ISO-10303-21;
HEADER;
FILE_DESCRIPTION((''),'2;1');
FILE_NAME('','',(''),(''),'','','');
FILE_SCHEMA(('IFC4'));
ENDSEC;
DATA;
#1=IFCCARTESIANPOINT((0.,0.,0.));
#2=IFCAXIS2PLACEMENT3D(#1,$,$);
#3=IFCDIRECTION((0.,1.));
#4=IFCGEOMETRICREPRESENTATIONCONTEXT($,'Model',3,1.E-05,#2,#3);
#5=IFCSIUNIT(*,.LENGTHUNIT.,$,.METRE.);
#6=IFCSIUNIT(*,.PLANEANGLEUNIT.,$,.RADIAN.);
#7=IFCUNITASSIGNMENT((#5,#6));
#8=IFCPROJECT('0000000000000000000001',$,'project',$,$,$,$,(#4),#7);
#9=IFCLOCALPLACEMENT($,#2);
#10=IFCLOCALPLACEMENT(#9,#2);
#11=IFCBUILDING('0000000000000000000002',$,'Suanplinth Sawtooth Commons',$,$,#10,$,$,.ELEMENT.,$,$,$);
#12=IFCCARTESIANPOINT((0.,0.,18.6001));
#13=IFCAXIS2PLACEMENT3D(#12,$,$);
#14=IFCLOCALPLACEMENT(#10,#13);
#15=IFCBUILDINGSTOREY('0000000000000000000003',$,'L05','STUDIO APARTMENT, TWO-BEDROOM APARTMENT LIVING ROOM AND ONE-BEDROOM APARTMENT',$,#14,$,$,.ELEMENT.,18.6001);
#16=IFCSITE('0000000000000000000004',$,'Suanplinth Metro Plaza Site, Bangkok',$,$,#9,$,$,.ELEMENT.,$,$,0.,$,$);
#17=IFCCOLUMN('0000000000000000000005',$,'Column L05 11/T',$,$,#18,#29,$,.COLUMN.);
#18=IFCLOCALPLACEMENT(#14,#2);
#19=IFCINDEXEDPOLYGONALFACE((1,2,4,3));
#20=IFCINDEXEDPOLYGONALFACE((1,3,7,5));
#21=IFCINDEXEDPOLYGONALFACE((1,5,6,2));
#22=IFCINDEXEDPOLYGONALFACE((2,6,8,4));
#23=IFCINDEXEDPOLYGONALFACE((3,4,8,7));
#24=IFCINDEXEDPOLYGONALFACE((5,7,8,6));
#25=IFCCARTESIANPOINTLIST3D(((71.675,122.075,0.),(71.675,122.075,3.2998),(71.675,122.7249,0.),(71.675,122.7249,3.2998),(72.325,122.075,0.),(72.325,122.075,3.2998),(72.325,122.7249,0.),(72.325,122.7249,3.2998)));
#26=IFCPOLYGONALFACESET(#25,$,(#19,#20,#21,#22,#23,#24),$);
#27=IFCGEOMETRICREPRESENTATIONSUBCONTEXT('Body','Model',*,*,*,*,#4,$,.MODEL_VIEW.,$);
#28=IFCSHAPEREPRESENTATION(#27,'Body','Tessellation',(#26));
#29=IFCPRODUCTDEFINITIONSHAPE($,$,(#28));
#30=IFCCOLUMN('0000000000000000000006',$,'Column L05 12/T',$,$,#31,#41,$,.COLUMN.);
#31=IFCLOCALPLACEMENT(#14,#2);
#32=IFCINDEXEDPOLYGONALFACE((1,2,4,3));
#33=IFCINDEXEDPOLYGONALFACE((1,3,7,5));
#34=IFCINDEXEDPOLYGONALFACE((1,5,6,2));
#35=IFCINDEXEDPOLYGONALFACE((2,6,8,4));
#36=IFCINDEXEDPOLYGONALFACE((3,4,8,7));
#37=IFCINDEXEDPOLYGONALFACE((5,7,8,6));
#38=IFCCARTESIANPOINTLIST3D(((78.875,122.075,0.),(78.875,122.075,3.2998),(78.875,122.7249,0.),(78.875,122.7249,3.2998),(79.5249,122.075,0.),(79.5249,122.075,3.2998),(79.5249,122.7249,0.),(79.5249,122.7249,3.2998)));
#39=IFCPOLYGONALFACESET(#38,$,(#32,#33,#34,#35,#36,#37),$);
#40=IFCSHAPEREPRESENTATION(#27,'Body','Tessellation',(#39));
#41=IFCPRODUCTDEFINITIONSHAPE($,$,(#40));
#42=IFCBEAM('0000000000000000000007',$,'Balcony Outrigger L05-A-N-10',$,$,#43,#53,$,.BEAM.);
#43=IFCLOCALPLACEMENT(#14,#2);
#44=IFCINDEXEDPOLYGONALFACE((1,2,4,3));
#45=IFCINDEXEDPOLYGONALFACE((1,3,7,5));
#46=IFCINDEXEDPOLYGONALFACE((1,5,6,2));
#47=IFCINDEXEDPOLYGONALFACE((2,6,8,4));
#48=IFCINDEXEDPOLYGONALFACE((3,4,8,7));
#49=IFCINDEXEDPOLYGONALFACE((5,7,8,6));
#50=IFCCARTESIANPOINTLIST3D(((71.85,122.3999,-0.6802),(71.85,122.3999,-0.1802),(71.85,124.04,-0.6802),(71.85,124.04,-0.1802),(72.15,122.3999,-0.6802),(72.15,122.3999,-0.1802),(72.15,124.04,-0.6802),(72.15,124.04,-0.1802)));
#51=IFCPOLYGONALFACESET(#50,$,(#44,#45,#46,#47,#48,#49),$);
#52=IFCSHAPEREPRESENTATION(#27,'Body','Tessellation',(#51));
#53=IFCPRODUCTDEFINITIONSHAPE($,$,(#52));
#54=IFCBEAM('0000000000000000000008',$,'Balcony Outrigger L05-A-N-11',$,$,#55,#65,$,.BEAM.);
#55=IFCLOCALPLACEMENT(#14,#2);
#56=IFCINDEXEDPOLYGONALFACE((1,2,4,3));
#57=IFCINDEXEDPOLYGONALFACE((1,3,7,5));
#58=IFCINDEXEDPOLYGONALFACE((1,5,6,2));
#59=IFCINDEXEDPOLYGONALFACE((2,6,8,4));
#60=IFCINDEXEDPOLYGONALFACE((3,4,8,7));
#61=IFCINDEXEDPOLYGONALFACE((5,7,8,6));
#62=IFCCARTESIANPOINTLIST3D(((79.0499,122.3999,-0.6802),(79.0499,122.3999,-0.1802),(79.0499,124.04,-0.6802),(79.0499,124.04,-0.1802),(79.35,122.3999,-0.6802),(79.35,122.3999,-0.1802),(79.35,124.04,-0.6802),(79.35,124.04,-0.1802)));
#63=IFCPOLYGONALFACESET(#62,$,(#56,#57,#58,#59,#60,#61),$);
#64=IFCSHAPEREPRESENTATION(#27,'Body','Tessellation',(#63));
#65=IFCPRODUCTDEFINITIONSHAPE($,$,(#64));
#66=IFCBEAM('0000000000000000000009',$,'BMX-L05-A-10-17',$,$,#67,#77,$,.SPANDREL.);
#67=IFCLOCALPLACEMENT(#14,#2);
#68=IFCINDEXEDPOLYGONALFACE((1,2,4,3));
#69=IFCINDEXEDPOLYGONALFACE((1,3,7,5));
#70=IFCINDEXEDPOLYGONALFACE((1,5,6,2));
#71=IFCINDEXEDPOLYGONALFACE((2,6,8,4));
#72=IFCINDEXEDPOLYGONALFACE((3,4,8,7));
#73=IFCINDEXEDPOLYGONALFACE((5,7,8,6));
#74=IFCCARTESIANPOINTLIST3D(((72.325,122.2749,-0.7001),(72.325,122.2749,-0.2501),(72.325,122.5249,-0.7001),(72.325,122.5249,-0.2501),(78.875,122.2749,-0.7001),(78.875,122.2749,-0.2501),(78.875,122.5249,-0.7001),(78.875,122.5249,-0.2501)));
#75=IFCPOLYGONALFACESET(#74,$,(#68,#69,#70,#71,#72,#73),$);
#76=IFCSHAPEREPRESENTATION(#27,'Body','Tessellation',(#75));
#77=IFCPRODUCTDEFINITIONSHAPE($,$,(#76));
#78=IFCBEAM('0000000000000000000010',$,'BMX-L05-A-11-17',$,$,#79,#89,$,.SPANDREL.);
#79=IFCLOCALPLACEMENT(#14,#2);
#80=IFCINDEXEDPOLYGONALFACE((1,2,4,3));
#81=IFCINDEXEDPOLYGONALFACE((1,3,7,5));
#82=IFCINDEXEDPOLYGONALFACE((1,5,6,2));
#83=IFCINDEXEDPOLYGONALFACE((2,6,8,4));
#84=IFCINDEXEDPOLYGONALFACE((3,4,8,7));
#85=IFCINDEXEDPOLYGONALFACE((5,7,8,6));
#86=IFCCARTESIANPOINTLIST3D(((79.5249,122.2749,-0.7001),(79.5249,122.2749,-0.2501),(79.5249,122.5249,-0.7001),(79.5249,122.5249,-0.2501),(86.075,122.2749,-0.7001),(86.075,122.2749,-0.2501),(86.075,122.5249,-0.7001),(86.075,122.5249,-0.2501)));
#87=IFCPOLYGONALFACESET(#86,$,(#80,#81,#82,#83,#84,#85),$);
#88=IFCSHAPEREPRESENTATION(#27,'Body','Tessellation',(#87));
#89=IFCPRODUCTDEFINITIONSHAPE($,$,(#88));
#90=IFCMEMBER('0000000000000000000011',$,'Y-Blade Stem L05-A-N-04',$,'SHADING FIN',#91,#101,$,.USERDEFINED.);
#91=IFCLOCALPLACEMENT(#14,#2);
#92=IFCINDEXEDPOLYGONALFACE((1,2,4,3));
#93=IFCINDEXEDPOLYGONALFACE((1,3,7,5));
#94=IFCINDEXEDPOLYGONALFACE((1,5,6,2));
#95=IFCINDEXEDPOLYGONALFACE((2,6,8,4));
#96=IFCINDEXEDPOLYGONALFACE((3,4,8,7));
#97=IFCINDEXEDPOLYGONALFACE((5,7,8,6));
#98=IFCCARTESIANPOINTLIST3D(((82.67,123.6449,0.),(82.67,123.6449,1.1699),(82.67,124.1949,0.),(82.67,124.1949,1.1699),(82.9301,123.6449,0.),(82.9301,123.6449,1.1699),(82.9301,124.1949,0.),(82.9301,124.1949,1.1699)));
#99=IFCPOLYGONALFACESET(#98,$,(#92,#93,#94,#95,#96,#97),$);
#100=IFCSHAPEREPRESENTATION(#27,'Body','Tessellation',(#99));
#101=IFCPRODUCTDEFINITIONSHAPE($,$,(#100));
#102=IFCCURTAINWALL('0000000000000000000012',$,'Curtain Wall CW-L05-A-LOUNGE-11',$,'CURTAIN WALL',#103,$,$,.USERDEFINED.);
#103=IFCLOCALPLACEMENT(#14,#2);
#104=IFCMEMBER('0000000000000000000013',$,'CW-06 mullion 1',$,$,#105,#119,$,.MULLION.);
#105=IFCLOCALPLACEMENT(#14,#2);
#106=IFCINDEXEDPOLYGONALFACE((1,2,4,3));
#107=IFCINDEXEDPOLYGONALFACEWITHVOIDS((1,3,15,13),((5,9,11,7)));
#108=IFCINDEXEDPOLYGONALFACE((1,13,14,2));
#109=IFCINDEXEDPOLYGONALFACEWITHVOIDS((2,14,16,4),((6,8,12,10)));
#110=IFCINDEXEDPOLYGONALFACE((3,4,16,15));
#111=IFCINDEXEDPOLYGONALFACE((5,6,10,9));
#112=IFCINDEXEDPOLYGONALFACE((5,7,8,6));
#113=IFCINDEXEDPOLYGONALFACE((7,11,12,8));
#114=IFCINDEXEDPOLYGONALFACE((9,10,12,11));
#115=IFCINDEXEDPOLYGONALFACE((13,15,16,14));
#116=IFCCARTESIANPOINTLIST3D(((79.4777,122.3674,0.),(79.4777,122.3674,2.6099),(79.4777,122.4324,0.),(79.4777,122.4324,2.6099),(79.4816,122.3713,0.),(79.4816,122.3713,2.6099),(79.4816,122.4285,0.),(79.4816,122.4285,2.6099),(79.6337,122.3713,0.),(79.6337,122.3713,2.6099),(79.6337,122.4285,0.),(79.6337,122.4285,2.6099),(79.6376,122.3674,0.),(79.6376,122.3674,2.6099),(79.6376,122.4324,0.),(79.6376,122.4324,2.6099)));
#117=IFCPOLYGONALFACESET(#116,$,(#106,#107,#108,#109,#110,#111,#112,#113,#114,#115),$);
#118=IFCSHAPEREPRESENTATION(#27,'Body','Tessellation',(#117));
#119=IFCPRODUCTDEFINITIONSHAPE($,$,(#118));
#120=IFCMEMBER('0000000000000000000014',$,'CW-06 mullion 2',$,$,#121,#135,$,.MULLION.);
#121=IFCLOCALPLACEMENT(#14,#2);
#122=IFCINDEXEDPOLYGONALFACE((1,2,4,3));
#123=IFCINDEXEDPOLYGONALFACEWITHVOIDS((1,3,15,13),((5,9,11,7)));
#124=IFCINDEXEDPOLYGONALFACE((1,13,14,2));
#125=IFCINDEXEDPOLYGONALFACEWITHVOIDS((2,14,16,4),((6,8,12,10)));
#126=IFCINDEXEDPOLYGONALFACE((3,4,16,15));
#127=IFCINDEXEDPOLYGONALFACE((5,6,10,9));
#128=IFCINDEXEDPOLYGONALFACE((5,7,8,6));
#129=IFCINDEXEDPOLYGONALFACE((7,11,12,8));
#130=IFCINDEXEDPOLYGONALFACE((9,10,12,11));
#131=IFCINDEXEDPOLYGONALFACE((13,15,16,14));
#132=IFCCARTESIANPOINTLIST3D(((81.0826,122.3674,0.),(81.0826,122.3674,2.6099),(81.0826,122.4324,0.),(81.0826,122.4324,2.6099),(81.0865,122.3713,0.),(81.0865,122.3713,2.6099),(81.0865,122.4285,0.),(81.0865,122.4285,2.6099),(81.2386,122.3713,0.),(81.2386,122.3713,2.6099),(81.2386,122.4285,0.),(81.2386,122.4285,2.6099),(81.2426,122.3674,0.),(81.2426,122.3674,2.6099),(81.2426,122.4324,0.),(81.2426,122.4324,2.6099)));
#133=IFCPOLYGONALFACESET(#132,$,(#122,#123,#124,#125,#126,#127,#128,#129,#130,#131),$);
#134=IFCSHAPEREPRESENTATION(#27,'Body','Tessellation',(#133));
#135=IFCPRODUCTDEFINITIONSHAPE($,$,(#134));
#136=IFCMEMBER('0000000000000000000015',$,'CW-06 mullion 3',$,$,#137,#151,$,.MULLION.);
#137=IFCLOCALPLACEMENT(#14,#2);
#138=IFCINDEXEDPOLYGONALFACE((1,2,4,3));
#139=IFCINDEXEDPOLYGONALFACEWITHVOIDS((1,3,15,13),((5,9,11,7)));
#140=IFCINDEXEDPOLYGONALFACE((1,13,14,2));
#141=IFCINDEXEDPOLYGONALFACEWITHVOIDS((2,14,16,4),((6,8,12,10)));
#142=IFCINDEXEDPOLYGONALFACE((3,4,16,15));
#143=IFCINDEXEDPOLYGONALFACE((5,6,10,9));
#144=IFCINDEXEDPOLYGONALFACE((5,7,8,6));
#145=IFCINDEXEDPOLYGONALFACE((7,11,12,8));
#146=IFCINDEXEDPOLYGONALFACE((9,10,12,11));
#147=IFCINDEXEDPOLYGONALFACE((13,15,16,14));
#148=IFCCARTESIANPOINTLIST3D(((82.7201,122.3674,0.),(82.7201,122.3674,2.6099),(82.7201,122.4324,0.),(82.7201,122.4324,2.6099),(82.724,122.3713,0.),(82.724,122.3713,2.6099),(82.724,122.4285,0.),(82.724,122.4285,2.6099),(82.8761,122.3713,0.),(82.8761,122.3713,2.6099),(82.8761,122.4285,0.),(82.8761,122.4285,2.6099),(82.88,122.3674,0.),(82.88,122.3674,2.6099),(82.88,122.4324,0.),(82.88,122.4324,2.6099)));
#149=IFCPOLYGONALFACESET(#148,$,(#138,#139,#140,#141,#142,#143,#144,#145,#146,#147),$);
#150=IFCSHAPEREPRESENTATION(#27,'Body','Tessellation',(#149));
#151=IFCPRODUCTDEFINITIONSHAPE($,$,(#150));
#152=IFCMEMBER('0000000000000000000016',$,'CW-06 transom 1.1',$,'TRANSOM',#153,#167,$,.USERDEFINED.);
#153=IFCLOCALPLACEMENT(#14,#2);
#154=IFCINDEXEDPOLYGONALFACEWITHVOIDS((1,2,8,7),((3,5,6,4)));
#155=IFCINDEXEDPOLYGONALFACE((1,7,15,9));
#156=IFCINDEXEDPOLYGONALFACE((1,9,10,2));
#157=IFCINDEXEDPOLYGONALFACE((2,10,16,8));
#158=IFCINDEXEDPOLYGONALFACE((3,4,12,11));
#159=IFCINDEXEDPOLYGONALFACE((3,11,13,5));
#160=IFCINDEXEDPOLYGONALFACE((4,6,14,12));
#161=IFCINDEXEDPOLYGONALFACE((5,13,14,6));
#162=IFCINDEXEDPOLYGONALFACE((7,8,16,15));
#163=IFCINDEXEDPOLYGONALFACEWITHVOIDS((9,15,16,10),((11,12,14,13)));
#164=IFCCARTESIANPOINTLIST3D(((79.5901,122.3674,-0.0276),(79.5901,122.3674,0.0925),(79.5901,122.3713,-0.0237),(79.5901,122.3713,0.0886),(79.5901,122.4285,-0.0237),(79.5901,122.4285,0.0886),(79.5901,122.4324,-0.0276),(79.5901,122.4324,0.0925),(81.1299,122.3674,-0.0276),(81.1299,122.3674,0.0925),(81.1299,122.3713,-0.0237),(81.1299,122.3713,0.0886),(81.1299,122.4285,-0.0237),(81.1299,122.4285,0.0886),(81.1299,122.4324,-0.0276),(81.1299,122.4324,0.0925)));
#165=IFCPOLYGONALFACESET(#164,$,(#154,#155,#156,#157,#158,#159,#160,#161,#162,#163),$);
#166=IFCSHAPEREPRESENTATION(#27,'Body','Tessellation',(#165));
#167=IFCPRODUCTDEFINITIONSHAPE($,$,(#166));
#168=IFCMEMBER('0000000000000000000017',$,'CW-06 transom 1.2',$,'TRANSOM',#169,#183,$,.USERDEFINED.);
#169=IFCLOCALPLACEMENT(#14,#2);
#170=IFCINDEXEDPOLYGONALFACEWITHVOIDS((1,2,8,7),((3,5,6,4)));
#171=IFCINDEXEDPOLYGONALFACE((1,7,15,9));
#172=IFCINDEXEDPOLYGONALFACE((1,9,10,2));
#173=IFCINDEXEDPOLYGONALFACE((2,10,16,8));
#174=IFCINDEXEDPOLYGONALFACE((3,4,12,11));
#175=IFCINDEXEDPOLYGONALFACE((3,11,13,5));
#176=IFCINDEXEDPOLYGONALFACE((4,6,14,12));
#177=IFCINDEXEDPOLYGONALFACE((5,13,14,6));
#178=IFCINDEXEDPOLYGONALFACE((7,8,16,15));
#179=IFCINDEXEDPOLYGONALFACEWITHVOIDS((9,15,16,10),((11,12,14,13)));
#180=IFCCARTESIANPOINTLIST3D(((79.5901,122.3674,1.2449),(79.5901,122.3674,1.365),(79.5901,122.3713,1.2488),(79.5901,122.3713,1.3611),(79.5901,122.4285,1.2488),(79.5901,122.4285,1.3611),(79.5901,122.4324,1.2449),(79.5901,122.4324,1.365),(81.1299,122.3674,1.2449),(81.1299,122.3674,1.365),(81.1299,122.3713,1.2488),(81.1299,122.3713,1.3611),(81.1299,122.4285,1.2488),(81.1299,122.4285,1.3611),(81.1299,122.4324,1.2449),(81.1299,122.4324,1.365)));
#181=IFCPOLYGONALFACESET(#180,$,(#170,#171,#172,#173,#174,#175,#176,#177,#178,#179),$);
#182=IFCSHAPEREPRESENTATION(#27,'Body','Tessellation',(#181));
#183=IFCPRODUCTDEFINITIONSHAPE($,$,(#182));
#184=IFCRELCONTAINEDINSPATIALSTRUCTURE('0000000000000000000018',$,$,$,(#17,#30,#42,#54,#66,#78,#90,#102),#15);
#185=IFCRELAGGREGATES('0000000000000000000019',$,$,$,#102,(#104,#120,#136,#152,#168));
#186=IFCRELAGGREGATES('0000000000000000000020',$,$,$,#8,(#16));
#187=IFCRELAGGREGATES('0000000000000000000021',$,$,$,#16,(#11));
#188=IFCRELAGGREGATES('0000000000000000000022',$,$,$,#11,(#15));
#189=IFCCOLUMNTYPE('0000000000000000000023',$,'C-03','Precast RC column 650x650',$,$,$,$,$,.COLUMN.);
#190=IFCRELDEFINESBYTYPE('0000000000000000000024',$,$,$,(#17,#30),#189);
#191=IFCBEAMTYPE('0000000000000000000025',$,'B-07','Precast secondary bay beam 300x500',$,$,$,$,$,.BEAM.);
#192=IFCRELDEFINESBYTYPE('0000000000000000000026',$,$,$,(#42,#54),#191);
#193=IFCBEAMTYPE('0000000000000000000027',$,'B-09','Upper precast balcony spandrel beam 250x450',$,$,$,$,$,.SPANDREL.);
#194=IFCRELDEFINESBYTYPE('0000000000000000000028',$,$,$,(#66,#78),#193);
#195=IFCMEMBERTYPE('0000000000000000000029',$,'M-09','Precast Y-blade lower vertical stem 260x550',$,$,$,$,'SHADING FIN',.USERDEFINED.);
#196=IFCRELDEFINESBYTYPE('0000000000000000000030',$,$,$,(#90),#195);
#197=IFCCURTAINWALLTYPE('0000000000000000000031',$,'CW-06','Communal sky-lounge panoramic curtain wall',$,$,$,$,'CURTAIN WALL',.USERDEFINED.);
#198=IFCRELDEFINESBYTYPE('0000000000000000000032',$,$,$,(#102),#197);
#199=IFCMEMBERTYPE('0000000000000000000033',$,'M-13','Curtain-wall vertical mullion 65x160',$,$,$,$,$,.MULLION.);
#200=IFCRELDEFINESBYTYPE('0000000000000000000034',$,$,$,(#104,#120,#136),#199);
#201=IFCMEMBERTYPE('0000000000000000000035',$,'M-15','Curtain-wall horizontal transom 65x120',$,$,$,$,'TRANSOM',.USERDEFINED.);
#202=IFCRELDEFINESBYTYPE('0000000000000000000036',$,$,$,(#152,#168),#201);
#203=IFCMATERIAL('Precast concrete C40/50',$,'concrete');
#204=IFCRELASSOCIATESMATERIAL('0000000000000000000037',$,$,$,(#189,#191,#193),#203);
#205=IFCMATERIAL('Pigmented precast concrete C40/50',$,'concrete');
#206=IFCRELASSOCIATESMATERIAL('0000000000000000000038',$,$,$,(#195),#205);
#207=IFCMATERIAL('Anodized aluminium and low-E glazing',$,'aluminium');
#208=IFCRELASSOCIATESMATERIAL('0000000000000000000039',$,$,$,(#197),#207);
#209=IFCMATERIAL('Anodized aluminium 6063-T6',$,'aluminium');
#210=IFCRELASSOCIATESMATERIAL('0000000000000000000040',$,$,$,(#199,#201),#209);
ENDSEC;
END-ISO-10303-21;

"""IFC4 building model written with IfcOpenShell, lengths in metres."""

from ifc_helpers import new_model, si_unit, direction, frame, origin, origin_2d, place, context, subcontext, project, spatial, rectangle, hollow_rectangle, extrude, material, material_profile, profile_set, type_object, element, aggregate, save


model = new_model("IFC4")

# Units and contexts
model_context = context("Model", 3, precision=1e-05, world=origin(), true_north=direction((0.0, 1.0)))
body_context = subcontext(model_context, "Body", "Model", "MODEL_VIEW")
ifc_project = project(units=[si_unit("LENGTHUNIT", "METRE"), si_unit("PLANEANGLEUNIT", "RADIAN")], contexts=[model_context])

# Site, building, storey
site_placement = place(None, origin())
site = spatial("IfcSite", under=ifc_project, at=site_placement, Name="Suanplinth Metro Plaza Site, Bangkok", CompositionType="ELEMENT", RefElevation=0.0)
building_placement = place(site_placement, origin())
building = spatial("IfcBuilding", under=site, at=building_placement, Name="Suanplinth Sawtooth Commons", CompositionType="ELEMENT")
storey_placement = place(building_placement, frame((0.0, 0.0, 18.6001)))
storey = spatial("IfcBuildingStorey", under=building, at=storey_placement, Name="L05", Description="STUDIO APARTMENT, TWO-BEDROOM APARTMENT LIVING ROOM AND ONE-BEDROOM APARTMENT", CompositionType="ELEMENT", Elevation=18.6001)

# Columns
ifc_material_1 = material(Name="Precast concrete C40/50", Category="concrete")
ifc_material_profile_1 = material_profile(ifc_material_1, rectangle(XDim=0.6499, YDim=0.6499, at=origin_2d()), Name="PC-COL 650x650")
ifc_profile_set_1 = profile_set([ifc_material_profile_1], Name="Precast concrete C40/50")
column_type = type_object("IfcColumnType", Name="C-03", Description="Precast RC column 650x650", PredefinedType="COLUMN", material=ifc_profile_set_1)
for number, where, z_axis, x_axis, name in (
    (1, (72.0, 122.3999, 0.0), (0.0, 0.0, 1.0), (1.0, 0.0, 0.0), "Column L05 11/T"),
    (2, (79.2, 122.3999, 0.0), (0.0, 0.0, 1.0), (1.0, 0.0, 0.0), "Column L05 12/T"),
):
    element("IfcColumn", number, at=place(storey_placement, frame(where, z_axis=z_axis, x_axis=x_axis)), inside=storey, type_object=column_type, Name=name, PredefinedType="COLUMN", context=body_context, shape_type="SweptSolid", body=[
        extrude(rectangle(XDim=0.6499, YDim=0.6499, at=origin_2d()), origin(), (0.0, 0.0, 1.0), 3.2998),
    ])

# Beams
ifc_material_profile_2 = material_profile(ifc_material_1, rectangle(XDim=0.3, YDim=0.5, at=origin_2d()), Name="PC-BM 300x500")
ifc_profile_set_2 = profile_set([ifc_material_profile_2], Name="Precast concrete C40/50")
beam_type_1 = type_object("IfcBeamType", Name="B-07", Description="Precast secondary bay beam 300x500", PredefinedType="BEAM", material=ifc_profile_set_2)
for number, where, z_axis, x_axis, name in (
    (3, (72.0, 122.3999, -0.4302), (0.0, 1.0, 0.0), (-1.0, 0.0, 0.0), "Balcony Outrigger L05-A-N-10"),
    (4, (79.2, 122.3999, -0.4302), (0.0, 1.0, 0.0), (-1.0, 0.0, 0.0), "Balcony Outrigger L05-A-N-11"),
):
    element("IfcBeam", number, at=place(storey_placement, frame(where, z_axis=z_axis, x_axis=x_axis)), inside=storey, type_object=beam_type_1, Name=name, PredefinedType="BEAM", context=body_context, shape_type="SweptSolid", body=[
        extrude(rectangle(XDim=0.3, YDim=0.5, at=origin_2d()), origin(), (0.0, 0.0, 1.0), 1.6401),
    ])
ifc_material_profile_3 = material_profile(ifc_material_1, rectangle(XDim=0.25, YDim=0.45, at=origin_2d()), Name="PC-SP 250x450")
ifc_profile_set_3 = profile_set([ifc_material_profile_3], Name="Precast concrete C40/50")
beam_type_2 = type_object("IfcBeamType", Name="B-09", Description="Upper precast balcony spandrel beam 250x450", PredefinedType="SPANDREL", material=ifc_profile_set_3)
for number, where, z_axis, x_axis, name in (
    (5, (72.325, 122.3999, -0.4751), (1.0, 0.0, 0.0), (0.0, 1.0, 0.0), "BMX-L05-A-10-17"),
    (6, (79.5249, 122.3999, -0.4751), (1.0, 0.0, 0.0), (0.0, 1.0, 0.0), "BMX-L05-A-11-17"),
):
    element("IfcBeam", number, at=place(storey_placement, frame(where, z_axis=z_axis, x_axis=x_axis)), inside=storey, type_object=beam_type_2, Name=name, PredefinedType="SPANDREL", context=body_context, shape_type="SweptSolid", body=[
        extrude(rectangle(XDim=0.25, YDim=0.45, at=origin_2d()), origin(), (0.0, 0.0, 1.0), 6.55),
    ])

# Member
ifc_material_2 = material(Name="Pigmented precast concrete C40/50", Category="concrete")
ifc_material_profile_4 = material_profile(ifc_material_2, rectangle(XDim=0.26, YDim=0.55, at=origin_2d()), Name="PC-FIN 260x550")
ifc_profile_set_4 = profile_set([ifc_material_profile_4], Name="Pigmented precast concrete C40/50")
member_type_1 = type_object("IfcMemberType", Name="M-09", Description="Precast Y-blade lower vertical stem 260x550", ElementType="SHADING FIN", PredefinedType="USERDEFINED", material=ifc_profile_set_4)
member_1_placement = place(storey_placement, frame((82.8, 123.9199, 0.0), z_axis=(0.0, 0.0, 1.0), x_axis=(1.0, 0.0, 0.0)))
element("IfcMember", 7, at=member_1_placement, inside=storey, type_object=member_type_1, Name="Y-Blade Stem L05-A-N-04", ObjectType="SHADING FIN", PredefinedType="USERDEFINED", context=body_context, shape_type="SweptSolid", body=[
    extrude(rectangle(XDim=0.26, YDim=0.55, at=origin_2d()), origin(), (0.0, 0.0, 1.0), 1.1699),
])

# Curtain wall, members
ifc_material_3 = material(Name="Anodized aluminium and low-E glazing", Category="aluminium")
curtain_wall_type = type_object("IfcCurtainWallType", Name="CW-06", Description="Communal sky-lounge panoramic curtain wall", ElementType="CURTAIN WALL", PredefinedType="USERDEFINED", material=ifc_material_3)
curtain_wall_placement = place(storey_placement, origin())
curtain_wall = element("IfcCurtainWall", 8, at=curtain_wall_placement, inside=storey, type_object=curtain_wall_type, Name="Curtain Wall CW-L05-A-LOUNGE-11", ObjectType="CURTAIN WALL", PredefinedType="USERDEFINED")
ifc_material_4 = material(Name="Anodized aluminium 6063-T6", Category="aluminium")
ifc_material_profile_5 = material_profile(ifc_material_4, hollow_rectangle(XDim=0.0649, YDim=0.1599, WallThickness=0.0039, at=origin_2d()), Name="ALU-MUL 65x160")
ifc_profile_set_5 = profile_set([ifc_material_profile_5], Name="Anodized aluminium 6063-T6")
member_type_2 = type_object("IfcMemberType", Name="M-13", Description="Curtain-wall vertical mullion 65x160", PredefinedType="MULLION", material=ifc_profile_set_5)
member_2_placement = place(storey_placement, frame((79.5576, 122.3999, 0.0), z_axis=(0.0, 0.0, 1.0), x_axis=(0.0, 1.0, 0.0)))
member_2 = element("IfcMember", 9, at=member_2_placement, type_object=member_type_2, Name="CW-06 mullion 1", PredefinedType="MULLION", context=body_context, shape_type="SweptSolid", body=[
    extrude(hollow_rectangle(XDim=0.0649, YDim=0.1599, WallThickness=0.0039, at=origin_2d()), origin(), (0.0, 0.0, 1.0), 2.6099),
])
member_3_placement = place(storey_placement, frame((81.1626, 122.3999, 0.0), z_axis=(0.0, 0.0, 1.0), x_axis=(0.0, 1.0, 0.0)))
member_3 = element("IfcMember", 10, at=member_3_placement, type_object=member_type_2, Name="CW-06 mullion 2", PredefinedType="MULLION", context=body_context, shape_type="SweptSolid", body=[
    extrude(hollow_rectangle(XDim=0.0649, YDim=0.1599, WallThickness=0.0039, at=origin_2d()), origin(), (0.0, 0.0, 1.0), 2.6099),
])
member_4_placement = place(storey_placement, frame((82.8, 122.3999, 0.0), z_axis=(0.0, 0.0, 1.0), x_axis=(0.0, 1.0, 0.0)))
member_4 = element("IfcMember", 11, at=member_4_placement, type_object=member_type_2, Name="CW-06 mullion 3", PredefinedType="MULLION", context=body_context, shape_type="SweptSolid", body=[
    extrude(hollow_rectangle(XDim=0.0649, YDim=0.1599, WallThickness=0.0039, at=origin_2d()), origin(), (0.0, 0.0, 1.0), 2.6099),
])
ifc_material_profile_6 = material_profile(ifc_material_4, hollow_rectangle(XDim=0.0649, YDim=0.1201, WallThickness=0.0039, at=origin_2d()), Name="ALU-TRN 65x120")
ifc_profile_set_6 = profile_set([ifc_material_profile_6], Name="Anodized aluminium 6063-T6")
member_type_3 = type_object("IfcMemberType", Name="M-15", Description="Curtain-wall horizontal transom 65x120", ElementType="TRANSOM", PredefinedType="USERDEFINED", material=ifc_profile_set_6)
member_5_placement = place(storey_placement, frame((79.5901, 122.3999, 0.0325), z_axis=(1.0, 0.0, 0.0), x_axis=(0.0, 1.0, 0.0)))
member_5 = element("IfcMember", 12, at=member_5_placement, type_object=member_type_3, Name="CW-06 transom 1.1", ObjectType="TRANSOM", PredefinedType="USERDEFINED", context=body_context, shape_type="SweptSolid", body=[
    extrude(hollow_rectangle(XDim=0.0649, YDim=0.1201, WallThickness=0.0039, at=origin_2d()), origin(), (0.0, 0.0, 1.0), 1.5398),
])
member_6_placement = place(storey_placement, frame((79.5901, 122.3999, 1.3049), z_axis=(1.0, 0.0, 0.0), x_axis=(0.0, 1.0, 0.0)))
member_6 = element("IfcMember", 13, at=member_6_placement, type_object=member_type_3, Name="CW-06 transom 1.2", ObjectType="TRANSOM", PredefinedType="USERDEFINED", context=body_context, shape_type="SweptSolid", body=[
    extrude(hollow_rectangle(XDim=0.0649, YDim=0.1201, WallThickness=0.0039, at=origin_2d()), origin(), (0.0, 0.0, 1.0), 1.5398),
])

aggregate(curtain_wall, [member_2, member_3, member_4, member_5, member_6])

save(model, "model.ifc")
